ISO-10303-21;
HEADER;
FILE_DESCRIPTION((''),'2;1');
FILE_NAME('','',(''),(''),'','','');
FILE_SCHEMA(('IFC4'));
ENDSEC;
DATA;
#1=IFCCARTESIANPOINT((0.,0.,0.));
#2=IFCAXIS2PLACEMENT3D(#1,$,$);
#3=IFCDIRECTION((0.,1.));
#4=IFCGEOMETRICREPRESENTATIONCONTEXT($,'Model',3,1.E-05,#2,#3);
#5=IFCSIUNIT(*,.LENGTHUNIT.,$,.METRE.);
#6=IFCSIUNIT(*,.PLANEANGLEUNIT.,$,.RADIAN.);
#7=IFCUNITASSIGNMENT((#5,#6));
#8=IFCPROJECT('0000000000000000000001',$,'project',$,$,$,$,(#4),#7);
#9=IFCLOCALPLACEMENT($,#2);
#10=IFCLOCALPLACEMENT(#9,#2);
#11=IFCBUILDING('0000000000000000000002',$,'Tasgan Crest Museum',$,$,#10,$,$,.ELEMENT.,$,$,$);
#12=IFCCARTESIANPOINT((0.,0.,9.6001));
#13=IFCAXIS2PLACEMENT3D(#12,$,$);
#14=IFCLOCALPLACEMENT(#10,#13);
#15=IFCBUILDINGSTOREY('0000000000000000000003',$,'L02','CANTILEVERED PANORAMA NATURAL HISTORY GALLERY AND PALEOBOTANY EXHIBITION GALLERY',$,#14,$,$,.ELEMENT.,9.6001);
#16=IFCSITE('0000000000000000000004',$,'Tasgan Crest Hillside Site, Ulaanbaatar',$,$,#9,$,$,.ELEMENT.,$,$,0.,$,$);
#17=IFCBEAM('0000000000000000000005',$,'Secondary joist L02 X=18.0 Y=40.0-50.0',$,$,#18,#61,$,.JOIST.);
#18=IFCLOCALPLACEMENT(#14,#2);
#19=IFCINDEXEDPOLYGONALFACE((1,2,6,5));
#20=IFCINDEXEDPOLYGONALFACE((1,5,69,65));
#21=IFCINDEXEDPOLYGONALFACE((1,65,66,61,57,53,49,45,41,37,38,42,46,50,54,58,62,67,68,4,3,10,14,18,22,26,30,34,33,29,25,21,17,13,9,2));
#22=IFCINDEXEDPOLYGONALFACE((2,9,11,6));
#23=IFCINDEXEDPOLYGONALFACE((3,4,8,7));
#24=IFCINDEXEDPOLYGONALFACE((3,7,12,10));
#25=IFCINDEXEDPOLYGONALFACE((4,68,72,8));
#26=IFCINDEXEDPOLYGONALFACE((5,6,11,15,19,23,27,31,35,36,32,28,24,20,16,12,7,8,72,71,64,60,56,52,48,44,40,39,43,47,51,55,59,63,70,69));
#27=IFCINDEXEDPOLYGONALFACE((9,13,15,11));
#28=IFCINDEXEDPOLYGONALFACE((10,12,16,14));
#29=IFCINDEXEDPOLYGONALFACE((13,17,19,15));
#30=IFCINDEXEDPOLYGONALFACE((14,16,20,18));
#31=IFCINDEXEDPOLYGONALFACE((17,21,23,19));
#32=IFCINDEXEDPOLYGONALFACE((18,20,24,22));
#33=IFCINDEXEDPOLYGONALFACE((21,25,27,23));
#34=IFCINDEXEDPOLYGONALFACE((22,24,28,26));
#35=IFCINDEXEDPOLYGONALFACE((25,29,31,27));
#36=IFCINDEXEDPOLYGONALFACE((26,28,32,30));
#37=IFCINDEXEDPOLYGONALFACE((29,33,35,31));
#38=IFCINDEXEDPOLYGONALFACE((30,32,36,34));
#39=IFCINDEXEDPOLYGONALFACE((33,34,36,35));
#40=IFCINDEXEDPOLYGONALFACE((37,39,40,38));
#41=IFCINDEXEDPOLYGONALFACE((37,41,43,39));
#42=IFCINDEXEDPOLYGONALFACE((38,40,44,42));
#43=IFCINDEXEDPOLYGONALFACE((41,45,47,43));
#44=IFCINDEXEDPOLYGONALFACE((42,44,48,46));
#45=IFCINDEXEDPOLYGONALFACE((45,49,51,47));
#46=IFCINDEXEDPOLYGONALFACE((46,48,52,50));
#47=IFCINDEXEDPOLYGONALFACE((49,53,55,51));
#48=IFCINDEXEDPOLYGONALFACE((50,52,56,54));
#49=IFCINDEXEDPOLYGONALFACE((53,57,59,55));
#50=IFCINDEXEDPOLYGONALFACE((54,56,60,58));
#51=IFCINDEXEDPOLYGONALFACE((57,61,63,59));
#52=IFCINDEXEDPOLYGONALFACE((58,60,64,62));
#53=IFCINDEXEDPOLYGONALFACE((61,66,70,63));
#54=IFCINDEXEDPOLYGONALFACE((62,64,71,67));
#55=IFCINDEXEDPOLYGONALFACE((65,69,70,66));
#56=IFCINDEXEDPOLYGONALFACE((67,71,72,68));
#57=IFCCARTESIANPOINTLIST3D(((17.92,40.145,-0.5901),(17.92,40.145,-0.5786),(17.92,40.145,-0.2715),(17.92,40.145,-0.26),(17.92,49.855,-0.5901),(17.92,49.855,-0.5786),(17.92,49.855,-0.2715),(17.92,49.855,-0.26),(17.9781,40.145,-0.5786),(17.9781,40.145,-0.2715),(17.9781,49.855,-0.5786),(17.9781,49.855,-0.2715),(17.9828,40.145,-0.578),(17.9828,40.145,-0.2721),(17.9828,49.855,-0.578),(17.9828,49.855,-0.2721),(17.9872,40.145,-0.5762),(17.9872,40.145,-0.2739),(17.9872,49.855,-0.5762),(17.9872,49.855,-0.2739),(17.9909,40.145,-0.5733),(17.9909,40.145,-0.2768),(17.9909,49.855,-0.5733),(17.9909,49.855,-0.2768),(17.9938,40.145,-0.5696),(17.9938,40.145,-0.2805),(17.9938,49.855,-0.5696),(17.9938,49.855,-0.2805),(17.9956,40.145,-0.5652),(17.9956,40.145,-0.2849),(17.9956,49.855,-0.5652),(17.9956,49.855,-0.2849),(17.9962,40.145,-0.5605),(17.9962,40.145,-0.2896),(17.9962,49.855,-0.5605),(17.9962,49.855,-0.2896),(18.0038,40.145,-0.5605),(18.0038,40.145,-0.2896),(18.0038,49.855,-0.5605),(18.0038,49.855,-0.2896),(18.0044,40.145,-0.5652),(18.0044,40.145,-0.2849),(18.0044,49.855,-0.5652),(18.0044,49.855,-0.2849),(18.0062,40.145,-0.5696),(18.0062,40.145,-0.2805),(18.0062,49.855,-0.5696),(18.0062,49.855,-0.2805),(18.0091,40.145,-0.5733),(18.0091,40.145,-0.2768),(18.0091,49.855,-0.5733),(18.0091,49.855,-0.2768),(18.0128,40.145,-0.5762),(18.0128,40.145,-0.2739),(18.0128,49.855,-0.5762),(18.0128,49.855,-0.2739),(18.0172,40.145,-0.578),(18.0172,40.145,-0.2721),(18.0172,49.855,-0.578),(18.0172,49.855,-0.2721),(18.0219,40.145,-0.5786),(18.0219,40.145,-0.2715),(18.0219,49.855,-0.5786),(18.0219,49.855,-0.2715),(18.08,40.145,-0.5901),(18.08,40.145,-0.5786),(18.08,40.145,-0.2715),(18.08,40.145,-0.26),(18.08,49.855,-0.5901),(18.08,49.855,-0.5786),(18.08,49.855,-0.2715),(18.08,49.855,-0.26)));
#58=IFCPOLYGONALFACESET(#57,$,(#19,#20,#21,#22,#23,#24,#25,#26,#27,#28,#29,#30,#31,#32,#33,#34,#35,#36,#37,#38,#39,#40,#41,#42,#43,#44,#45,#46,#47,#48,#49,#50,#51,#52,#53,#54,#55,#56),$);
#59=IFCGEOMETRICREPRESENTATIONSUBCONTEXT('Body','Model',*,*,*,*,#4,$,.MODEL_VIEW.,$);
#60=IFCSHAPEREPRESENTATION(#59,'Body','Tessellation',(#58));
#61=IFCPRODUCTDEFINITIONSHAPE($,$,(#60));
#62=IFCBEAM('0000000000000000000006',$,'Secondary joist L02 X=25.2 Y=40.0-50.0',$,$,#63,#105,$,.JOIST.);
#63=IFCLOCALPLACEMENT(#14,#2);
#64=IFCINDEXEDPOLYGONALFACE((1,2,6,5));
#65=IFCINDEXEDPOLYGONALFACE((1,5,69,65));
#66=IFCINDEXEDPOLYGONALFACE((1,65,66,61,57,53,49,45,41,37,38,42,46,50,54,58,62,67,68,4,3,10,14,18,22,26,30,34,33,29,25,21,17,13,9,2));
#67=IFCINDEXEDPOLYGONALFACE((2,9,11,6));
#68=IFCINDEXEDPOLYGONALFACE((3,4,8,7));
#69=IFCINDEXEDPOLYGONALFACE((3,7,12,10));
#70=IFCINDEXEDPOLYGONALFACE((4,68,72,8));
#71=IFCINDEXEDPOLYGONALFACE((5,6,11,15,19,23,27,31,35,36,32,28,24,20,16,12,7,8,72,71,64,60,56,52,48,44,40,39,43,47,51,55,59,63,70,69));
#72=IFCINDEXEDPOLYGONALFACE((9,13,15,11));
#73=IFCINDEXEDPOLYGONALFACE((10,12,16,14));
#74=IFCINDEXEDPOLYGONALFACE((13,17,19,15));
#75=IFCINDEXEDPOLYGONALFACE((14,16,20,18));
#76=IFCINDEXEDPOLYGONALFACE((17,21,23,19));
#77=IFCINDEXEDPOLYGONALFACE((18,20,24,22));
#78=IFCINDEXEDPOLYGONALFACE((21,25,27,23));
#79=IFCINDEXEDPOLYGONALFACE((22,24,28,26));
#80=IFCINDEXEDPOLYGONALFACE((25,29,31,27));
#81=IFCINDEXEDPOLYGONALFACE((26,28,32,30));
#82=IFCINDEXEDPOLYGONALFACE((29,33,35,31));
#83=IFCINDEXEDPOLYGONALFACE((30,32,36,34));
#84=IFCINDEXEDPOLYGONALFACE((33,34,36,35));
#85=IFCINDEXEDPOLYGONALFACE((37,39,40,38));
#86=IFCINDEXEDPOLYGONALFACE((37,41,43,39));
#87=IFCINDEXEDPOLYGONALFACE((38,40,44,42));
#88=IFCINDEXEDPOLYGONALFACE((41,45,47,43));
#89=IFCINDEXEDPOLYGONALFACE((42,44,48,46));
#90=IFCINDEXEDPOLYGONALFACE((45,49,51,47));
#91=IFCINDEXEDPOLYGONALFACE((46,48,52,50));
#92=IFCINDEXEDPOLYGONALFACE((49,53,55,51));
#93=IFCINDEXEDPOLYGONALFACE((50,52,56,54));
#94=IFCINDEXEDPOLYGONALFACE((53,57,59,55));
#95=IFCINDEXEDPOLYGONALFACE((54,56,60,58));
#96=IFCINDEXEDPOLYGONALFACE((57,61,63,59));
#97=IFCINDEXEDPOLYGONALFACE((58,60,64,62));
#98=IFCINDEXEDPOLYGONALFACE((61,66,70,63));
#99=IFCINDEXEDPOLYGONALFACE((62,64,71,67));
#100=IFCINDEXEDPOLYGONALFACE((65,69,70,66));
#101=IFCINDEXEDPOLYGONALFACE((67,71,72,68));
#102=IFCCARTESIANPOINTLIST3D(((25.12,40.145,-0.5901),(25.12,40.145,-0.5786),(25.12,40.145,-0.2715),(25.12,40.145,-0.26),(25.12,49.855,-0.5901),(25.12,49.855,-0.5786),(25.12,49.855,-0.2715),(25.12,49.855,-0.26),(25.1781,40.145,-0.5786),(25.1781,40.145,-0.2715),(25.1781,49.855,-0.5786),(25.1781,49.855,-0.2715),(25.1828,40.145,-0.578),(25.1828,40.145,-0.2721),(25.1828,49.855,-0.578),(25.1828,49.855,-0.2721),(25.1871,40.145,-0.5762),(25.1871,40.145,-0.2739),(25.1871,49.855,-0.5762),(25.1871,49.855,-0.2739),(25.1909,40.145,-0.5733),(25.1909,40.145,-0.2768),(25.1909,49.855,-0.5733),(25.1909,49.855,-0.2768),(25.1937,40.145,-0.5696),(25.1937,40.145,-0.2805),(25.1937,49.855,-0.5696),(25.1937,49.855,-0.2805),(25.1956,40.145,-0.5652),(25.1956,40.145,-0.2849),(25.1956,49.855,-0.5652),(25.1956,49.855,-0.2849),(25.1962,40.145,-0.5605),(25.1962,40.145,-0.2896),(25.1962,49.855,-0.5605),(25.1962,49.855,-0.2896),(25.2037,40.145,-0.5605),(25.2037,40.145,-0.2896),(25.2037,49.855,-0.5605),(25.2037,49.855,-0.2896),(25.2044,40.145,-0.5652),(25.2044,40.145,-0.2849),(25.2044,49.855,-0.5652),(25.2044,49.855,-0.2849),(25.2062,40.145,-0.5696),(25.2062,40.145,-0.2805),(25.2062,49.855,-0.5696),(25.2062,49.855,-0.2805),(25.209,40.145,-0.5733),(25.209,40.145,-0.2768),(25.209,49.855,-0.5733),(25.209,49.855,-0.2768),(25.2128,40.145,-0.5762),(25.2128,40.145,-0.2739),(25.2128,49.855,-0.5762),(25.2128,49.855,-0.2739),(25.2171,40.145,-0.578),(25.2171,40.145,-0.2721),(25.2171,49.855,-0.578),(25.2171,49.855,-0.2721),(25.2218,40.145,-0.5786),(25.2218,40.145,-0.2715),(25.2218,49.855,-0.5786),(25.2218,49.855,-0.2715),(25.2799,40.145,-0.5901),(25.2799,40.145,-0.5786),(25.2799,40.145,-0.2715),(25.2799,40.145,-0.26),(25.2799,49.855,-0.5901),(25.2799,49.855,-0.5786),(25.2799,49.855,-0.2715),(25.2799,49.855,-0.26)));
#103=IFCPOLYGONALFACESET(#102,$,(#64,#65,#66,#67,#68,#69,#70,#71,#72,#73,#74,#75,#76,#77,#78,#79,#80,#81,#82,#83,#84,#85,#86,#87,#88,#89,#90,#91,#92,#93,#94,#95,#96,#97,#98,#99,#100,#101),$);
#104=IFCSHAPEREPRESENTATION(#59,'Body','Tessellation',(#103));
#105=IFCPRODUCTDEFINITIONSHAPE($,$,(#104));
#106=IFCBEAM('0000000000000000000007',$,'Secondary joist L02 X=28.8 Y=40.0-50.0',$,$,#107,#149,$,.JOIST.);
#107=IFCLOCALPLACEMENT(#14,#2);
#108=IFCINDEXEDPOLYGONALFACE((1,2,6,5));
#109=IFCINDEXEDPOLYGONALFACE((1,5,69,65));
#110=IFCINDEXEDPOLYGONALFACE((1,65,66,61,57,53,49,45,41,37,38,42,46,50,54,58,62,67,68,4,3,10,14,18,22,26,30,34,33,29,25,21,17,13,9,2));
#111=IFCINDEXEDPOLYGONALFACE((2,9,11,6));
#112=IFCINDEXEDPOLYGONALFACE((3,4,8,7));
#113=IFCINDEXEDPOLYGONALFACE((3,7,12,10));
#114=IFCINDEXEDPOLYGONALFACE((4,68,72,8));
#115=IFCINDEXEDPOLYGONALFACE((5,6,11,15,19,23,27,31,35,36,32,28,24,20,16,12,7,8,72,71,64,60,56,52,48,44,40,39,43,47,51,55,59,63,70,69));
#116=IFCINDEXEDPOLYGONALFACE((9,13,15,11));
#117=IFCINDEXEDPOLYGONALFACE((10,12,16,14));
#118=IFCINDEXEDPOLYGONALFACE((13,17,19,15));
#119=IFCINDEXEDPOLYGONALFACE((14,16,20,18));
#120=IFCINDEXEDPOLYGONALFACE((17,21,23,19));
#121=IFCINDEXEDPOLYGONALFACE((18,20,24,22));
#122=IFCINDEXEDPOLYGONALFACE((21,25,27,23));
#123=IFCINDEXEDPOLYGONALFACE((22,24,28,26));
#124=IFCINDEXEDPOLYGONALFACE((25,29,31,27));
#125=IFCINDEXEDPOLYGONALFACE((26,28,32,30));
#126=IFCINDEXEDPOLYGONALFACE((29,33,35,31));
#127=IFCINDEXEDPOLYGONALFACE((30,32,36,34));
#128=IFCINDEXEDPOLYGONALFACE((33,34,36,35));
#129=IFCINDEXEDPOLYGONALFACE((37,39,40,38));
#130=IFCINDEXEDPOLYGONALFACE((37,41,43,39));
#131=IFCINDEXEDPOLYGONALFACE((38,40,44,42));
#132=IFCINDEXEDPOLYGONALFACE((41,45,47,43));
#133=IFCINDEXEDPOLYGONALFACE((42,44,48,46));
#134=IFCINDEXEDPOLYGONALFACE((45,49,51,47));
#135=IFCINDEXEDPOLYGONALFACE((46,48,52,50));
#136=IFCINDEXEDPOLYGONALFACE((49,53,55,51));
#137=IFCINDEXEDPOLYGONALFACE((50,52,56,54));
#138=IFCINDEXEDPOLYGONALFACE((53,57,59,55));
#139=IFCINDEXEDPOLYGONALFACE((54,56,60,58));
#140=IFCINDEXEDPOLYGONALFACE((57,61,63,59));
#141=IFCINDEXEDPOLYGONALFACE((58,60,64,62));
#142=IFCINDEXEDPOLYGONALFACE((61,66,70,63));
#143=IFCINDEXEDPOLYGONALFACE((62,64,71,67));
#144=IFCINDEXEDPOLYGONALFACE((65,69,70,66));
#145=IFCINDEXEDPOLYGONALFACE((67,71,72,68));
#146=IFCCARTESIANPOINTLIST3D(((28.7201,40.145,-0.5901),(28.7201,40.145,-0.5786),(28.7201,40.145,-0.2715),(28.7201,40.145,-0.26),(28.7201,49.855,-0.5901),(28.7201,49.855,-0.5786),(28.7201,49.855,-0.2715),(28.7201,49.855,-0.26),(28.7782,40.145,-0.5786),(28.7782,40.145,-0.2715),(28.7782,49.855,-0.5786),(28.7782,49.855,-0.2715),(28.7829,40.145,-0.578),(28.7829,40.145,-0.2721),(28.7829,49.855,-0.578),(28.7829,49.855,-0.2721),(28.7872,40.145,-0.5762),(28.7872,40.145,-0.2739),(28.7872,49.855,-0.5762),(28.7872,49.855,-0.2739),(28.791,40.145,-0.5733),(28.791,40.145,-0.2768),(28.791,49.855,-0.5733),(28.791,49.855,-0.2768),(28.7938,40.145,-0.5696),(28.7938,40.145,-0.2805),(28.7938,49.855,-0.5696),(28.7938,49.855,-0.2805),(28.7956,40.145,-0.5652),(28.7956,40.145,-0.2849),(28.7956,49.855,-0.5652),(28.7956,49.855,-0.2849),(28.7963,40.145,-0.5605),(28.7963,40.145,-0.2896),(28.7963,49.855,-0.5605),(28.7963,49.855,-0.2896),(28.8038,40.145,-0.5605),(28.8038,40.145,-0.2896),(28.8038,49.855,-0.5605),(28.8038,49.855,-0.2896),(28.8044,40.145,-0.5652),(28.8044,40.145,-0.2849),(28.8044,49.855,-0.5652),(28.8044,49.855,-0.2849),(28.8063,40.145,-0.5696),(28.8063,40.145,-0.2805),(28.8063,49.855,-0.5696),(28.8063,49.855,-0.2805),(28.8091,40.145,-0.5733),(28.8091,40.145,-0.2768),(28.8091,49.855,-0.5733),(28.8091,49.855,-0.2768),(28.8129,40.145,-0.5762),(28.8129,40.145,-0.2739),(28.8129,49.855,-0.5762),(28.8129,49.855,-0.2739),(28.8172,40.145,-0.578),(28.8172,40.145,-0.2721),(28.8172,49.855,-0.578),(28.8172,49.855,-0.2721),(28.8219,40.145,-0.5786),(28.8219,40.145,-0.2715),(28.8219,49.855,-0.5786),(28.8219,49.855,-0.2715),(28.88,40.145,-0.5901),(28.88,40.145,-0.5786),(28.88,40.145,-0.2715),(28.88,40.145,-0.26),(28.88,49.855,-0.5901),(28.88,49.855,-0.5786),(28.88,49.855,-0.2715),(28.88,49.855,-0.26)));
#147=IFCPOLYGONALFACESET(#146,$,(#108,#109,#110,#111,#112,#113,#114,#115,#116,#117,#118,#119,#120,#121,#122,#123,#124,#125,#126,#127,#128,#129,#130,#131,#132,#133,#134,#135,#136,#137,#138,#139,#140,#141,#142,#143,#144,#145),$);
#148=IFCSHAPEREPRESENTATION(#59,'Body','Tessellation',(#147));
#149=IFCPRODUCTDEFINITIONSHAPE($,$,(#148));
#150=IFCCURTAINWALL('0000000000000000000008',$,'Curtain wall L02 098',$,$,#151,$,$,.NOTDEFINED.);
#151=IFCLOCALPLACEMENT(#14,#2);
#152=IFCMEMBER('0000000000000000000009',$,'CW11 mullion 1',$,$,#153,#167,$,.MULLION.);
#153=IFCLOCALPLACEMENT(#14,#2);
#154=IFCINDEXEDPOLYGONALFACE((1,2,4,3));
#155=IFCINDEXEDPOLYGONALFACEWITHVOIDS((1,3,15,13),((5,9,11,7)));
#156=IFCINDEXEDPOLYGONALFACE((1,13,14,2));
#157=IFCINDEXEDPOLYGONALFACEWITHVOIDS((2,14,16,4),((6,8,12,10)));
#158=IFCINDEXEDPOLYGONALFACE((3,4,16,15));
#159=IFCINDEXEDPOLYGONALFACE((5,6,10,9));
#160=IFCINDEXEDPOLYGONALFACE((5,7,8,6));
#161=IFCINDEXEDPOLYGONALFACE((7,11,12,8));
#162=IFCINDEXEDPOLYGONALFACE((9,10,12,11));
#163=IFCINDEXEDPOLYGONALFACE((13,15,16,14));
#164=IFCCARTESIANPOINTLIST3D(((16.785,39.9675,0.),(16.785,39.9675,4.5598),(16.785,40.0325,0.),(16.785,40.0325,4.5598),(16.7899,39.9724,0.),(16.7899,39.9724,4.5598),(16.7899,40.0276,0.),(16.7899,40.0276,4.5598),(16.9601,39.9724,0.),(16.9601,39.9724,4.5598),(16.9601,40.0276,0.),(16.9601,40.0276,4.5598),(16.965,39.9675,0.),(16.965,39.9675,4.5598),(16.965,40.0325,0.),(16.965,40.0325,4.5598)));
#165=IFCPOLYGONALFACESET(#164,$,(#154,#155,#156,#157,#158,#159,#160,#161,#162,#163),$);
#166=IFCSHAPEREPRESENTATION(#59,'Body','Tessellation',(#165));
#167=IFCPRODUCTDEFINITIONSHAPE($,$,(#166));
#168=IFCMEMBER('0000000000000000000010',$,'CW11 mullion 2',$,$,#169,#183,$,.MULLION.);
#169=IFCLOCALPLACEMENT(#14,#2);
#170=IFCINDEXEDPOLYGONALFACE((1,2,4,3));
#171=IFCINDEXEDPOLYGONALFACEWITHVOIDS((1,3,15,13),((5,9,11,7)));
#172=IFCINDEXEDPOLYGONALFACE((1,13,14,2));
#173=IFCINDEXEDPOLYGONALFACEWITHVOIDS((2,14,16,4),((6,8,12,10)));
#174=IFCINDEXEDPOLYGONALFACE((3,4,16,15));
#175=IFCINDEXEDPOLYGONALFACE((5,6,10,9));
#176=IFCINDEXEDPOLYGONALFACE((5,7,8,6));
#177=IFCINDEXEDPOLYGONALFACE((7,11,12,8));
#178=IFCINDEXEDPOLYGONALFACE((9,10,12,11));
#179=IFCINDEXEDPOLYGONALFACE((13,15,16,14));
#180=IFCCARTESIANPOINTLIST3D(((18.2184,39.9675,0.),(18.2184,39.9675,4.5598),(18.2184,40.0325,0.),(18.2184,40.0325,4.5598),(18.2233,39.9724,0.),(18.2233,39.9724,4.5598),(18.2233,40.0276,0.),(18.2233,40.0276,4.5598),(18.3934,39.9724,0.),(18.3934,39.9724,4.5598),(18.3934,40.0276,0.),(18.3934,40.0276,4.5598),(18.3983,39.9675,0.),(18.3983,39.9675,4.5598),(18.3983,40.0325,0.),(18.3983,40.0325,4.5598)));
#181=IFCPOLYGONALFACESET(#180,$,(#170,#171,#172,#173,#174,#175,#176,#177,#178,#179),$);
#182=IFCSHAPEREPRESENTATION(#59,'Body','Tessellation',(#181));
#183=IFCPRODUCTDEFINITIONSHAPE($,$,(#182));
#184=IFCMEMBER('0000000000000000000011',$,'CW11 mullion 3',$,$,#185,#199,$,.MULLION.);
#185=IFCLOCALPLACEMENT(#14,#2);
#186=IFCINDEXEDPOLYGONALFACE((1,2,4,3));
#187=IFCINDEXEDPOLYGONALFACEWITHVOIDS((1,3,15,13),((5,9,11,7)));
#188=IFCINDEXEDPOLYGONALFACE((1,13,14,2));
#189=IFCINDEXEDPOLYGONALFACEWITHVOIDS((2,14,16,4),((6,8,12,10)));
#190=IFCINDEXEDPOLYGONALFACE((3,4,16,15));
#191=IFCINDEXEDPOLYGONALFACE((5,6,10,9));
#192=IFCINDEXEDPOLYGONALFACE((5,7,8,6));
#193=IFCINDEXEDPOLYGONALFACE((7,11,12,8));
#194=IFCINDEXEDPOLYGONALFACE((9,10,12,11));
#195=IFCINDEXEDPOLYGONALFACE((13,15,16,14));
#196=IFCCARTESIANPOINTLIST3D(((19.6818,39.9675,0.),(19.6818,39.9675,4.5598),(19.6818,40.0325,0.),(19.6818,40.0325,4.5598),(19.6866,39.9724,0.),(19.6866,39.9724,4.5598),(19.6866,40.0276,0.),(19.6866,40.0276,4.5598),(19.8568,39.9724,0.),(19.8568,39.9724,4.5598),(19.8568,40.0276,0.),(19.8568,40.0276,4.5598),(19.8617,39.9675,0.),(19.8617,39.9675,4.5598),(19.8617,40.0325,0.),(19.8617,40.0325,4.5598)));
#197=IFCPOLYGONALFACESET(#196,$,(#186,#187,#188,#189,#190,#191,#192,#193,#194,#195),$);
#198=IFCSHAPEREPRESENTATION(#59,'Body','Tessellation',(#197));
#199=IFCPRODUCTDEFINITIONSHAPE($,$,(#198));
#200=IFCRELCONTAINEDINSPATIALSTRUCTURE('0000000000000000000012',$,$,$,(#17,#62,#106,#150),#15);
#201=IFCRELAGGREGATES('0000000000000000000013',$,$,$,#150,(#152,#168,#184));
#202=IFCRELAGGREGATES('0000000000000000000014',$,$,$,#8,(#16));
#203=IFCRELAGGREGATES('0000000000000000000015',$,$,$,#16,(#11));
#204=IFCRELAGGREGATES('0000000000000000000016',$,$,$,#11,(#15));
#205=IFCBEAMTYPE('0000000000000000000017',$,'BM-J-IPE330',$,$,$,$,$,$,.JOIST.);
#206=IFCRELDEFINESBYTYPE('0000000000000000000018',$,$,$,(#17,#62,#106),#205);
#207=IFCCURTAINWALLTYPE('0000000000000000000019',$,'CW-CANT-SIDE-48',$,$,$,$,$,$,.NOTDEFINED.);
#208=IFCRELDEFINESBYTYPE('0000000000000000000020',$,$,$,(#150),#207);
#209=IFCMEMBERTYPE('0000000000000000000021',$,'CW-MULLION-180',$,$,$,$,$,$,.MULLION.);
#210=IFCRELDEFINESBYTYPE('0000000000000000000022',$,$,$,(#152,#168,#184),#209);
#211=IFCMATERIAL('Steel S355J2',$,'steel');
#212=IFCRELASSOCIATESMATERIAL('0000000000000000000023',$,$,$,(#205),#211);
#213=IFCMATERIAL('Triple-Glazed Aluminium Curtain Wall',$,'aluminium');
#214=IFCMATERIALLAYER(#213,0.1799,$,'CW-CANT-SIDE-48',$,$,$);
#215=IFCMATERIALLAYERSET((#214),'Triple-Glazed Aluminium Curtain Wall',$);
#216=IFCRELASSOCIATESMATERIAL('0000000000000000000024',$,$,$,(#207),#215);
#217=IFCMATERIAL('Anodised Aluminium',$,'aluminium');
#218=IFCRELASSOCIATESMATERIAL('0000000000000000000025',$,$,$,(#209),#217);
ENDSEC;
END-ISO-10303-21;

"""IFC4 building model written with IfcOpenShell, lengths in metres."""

from ifc_helpers import new_model, si_unit, direction, frame, origin, origin_2d, place, context, subcontext, project, spatial, hollow_rectangle, i_section, extrude, material, layer, layer_set, material_profile, profile_set, type_object, element, aggregate, save


model = new_model("IFC4")

# Units and contexts
model_context = context("Model", 3, precision=1e-05, world=origin(), true_north=direction((0.0, 1.0)))
body_context = subcontext(model_context, "Body", "Model", "MODEL_VIEW")
ifc_project = project(units=[si_unit("LENGTHUNIT", "METRE"), si_unit("PLANEANGLEUNIT", "RADIAN")], contexts=[model_context])

# Site, building, storey
site_placement = place(None, origin())
site = spatial("IfcSite", under=ifc_project, at=site_placement, Name="Tasgan Crest Hillside Site, Ulaanbaatar", CompositionType="ELEMENT", RefElevation=0.0)
building_placement = place(site_placement, origin())
building = spatial("IfcBuilding", under=site, at=building_placement, Name="Tasgan Crest Museum", CompositionType="ELEMENT")
storey_placement = place(building_placement, frame((0.0, 0.0, 9.6001)))
storey = spatial("IfcBuildingStorey", under=building, at=storey_placement, Name="L02", Description="CANTILEVERED PANORAMA NATURAL HISTORY GALLERY AND PALEOBOTANY EXHIBITION GALLERY", CompositionType="ELEMENT", Elevation=9.6001)

# Beams
ifc_material_1 = material(Name="Steel S355J2", Category="steel")
ifc_material_profile_1 = material_profile(ifc_material_1, i_section(OverallWidth=0.1599, OverallDepth=0.3301, WebThickness=0.0076, FlangeThickness=0.0115, FilletRadius=0.0181, at=origin_2d()), Name="IPE 330")
ifc_profile_set_1 = profile_set([ifc_material_profile_1], Name="Steel S355J2")
beam_type_1 = type_object("IfcBeamType", Name="BM-J-IPE330", PredefinedType="JOIST", material=ifc_profile_set_1)
for number, where, z_axis, x_axis, name in (
    (1, (18.0, 40.145, -0.425), (0.0, 1.0, 0.0), (-1.0, 0.0, 0.0), "Secondary joist L02 X=18.0 Y=40.0-50.0"),
    (2, (25.2, 40.145, -0.425), (0.0, 1.0, 0.0), (-1.0, 0.0, 0.0), "Secondary joist L02 X=25.2 Y=40.0-50.0"),
    (3, (28.8, 40.145, -0.425), (0.0, 1.0, 0.0), (-1.0, 0.0, 0.0), "Secondary joist L02 X=28.8 Y=40.0-50.0"),
):
    element("IfcBeam", number, at=place(storey_placement, frame(where, z_axis=z_axis, x_axis=x_axis)), inside=storey, type_object=beam_type_1, Name=name, PredefinedType="JOIST", context=body_context, shape_type="SweptSolid", body=[
        extrude(i_section(OverallWidth=0.1599, OverallDepth=0.3301, WebThickness=0.0076, FlangeThickness=0.0115, FilletRadius=0.0181, at=origin_2d()), origin(), (0.0, 0.0, 1.0), 9.71),
    ])

# Curtain wall, members
ifc_material_2 = material(Name="Triple-Glazed Aluminium Curtain Wall", Category="aluminium")
ifc_layer_1 = layer(ifc_material_2, 0.1799, Name="CW-CANT-SIDE-48")
ifc_layer_set_1 = layer_set([ifc_layer_1], Name="Triple-Glazed Aluminium Curtain Wall")
curtain_wall_type = type_object("IfcCurtainWallType", Name="CW-CANT-SIDE-48", PredefinedType="NOTDEFINED", material=ifc_layer_set_1)
curtain_wall_placement = place(storey_placement, origin())
curtain_wall = element("IfcCurtainWall", 4, at=curtain_wall_placement, inside=storey, type_object=curtain_wall_type, Name="Curtain wall L02 098", PredefinedType="NOTDEFINED")
ifc_material_3 = material(Name="Anodised Aluminium", Category="aluminium")
ifc_material_profile_2 = material_profile(ifc_material_3, hollow_rectangle(XDim=0.0649, YDim=0.1799, WallThickness=0.0049, at=origin_2d()), Name="ALU MULLION 180x65x5")
ifc_profile_set_2 = profile_set([ifc_material_profile_2], Name="Anodised Aluminium")
member_type_1 = type_object("IfcMemberType", Name="CW-MULLION-180", PredefinedType="MULLION", material=ifc_profile_set_2)
member_1_placement = place(storey_placement, frame((16.875, 40.0, 0.0), z_axis=(0.0, 0.0, 1.0), x_axis=(0.0, 1.0, 0.0)))
member_1 = element("IfcMember", 5, at=member_1_placement, type_object=member_type_1, Name="CW11 mullion 1", PredefinedType="MULLION", context=body_context, shape_type="SweptSolid", body=[
    extrude(hollow_rectangle(XDim=0.0649, YDim=0.1799, WallThickness=0.0049, at=origin_2d()), origin(), (0.0, 0.0, 1.0), 4.5598),
])
member_2_placement = place(storey_placement, frame((18.3083, 40.0, 0.0), z_axis=(0.0, 0.0, 1.0), x_axis=(0.0, 1.0, 0.0)))
member_2 = element("IfcMember", 6, at=member_2_placement, type_object=member_type_1, Name="CW11 mullion 2", PredefinedType="MULLION", context=body_context, shape_type="SweptSolid", body=[
    extrude(hollow_rectangle(XDim=0.0649, YDim=0.1799, WallThickness=0.0049, at=origin_2d()), origin(), (0.0, 0.0, 1.0), 4.5598),
])
member_3_placement = place(storey_placement, frame((19.7717, 40.0, 0.0), z_axis=(0.0, 0.0, 1.0), x_axis=(0.0, 1.0, 0.0)))
member_3 = element("IfcMember", 7, at=member_3_placement, type_object=member_type_1, Name="CW11 mullion 3", PredefinedType="MULLION", context=body_context, shape_type="SweptSolid", body=[
    extrude(hollow_rectangle(XDim=0.0649, YDim=0.1799, WallThickness=0.0049, at=origin_2d()), origin(), (0.0, 0.0, 1.0), 4.5598),
])

aggregate(curtain_wall, [member_1, member_2, member_3])

save(model, "model.ifc")
